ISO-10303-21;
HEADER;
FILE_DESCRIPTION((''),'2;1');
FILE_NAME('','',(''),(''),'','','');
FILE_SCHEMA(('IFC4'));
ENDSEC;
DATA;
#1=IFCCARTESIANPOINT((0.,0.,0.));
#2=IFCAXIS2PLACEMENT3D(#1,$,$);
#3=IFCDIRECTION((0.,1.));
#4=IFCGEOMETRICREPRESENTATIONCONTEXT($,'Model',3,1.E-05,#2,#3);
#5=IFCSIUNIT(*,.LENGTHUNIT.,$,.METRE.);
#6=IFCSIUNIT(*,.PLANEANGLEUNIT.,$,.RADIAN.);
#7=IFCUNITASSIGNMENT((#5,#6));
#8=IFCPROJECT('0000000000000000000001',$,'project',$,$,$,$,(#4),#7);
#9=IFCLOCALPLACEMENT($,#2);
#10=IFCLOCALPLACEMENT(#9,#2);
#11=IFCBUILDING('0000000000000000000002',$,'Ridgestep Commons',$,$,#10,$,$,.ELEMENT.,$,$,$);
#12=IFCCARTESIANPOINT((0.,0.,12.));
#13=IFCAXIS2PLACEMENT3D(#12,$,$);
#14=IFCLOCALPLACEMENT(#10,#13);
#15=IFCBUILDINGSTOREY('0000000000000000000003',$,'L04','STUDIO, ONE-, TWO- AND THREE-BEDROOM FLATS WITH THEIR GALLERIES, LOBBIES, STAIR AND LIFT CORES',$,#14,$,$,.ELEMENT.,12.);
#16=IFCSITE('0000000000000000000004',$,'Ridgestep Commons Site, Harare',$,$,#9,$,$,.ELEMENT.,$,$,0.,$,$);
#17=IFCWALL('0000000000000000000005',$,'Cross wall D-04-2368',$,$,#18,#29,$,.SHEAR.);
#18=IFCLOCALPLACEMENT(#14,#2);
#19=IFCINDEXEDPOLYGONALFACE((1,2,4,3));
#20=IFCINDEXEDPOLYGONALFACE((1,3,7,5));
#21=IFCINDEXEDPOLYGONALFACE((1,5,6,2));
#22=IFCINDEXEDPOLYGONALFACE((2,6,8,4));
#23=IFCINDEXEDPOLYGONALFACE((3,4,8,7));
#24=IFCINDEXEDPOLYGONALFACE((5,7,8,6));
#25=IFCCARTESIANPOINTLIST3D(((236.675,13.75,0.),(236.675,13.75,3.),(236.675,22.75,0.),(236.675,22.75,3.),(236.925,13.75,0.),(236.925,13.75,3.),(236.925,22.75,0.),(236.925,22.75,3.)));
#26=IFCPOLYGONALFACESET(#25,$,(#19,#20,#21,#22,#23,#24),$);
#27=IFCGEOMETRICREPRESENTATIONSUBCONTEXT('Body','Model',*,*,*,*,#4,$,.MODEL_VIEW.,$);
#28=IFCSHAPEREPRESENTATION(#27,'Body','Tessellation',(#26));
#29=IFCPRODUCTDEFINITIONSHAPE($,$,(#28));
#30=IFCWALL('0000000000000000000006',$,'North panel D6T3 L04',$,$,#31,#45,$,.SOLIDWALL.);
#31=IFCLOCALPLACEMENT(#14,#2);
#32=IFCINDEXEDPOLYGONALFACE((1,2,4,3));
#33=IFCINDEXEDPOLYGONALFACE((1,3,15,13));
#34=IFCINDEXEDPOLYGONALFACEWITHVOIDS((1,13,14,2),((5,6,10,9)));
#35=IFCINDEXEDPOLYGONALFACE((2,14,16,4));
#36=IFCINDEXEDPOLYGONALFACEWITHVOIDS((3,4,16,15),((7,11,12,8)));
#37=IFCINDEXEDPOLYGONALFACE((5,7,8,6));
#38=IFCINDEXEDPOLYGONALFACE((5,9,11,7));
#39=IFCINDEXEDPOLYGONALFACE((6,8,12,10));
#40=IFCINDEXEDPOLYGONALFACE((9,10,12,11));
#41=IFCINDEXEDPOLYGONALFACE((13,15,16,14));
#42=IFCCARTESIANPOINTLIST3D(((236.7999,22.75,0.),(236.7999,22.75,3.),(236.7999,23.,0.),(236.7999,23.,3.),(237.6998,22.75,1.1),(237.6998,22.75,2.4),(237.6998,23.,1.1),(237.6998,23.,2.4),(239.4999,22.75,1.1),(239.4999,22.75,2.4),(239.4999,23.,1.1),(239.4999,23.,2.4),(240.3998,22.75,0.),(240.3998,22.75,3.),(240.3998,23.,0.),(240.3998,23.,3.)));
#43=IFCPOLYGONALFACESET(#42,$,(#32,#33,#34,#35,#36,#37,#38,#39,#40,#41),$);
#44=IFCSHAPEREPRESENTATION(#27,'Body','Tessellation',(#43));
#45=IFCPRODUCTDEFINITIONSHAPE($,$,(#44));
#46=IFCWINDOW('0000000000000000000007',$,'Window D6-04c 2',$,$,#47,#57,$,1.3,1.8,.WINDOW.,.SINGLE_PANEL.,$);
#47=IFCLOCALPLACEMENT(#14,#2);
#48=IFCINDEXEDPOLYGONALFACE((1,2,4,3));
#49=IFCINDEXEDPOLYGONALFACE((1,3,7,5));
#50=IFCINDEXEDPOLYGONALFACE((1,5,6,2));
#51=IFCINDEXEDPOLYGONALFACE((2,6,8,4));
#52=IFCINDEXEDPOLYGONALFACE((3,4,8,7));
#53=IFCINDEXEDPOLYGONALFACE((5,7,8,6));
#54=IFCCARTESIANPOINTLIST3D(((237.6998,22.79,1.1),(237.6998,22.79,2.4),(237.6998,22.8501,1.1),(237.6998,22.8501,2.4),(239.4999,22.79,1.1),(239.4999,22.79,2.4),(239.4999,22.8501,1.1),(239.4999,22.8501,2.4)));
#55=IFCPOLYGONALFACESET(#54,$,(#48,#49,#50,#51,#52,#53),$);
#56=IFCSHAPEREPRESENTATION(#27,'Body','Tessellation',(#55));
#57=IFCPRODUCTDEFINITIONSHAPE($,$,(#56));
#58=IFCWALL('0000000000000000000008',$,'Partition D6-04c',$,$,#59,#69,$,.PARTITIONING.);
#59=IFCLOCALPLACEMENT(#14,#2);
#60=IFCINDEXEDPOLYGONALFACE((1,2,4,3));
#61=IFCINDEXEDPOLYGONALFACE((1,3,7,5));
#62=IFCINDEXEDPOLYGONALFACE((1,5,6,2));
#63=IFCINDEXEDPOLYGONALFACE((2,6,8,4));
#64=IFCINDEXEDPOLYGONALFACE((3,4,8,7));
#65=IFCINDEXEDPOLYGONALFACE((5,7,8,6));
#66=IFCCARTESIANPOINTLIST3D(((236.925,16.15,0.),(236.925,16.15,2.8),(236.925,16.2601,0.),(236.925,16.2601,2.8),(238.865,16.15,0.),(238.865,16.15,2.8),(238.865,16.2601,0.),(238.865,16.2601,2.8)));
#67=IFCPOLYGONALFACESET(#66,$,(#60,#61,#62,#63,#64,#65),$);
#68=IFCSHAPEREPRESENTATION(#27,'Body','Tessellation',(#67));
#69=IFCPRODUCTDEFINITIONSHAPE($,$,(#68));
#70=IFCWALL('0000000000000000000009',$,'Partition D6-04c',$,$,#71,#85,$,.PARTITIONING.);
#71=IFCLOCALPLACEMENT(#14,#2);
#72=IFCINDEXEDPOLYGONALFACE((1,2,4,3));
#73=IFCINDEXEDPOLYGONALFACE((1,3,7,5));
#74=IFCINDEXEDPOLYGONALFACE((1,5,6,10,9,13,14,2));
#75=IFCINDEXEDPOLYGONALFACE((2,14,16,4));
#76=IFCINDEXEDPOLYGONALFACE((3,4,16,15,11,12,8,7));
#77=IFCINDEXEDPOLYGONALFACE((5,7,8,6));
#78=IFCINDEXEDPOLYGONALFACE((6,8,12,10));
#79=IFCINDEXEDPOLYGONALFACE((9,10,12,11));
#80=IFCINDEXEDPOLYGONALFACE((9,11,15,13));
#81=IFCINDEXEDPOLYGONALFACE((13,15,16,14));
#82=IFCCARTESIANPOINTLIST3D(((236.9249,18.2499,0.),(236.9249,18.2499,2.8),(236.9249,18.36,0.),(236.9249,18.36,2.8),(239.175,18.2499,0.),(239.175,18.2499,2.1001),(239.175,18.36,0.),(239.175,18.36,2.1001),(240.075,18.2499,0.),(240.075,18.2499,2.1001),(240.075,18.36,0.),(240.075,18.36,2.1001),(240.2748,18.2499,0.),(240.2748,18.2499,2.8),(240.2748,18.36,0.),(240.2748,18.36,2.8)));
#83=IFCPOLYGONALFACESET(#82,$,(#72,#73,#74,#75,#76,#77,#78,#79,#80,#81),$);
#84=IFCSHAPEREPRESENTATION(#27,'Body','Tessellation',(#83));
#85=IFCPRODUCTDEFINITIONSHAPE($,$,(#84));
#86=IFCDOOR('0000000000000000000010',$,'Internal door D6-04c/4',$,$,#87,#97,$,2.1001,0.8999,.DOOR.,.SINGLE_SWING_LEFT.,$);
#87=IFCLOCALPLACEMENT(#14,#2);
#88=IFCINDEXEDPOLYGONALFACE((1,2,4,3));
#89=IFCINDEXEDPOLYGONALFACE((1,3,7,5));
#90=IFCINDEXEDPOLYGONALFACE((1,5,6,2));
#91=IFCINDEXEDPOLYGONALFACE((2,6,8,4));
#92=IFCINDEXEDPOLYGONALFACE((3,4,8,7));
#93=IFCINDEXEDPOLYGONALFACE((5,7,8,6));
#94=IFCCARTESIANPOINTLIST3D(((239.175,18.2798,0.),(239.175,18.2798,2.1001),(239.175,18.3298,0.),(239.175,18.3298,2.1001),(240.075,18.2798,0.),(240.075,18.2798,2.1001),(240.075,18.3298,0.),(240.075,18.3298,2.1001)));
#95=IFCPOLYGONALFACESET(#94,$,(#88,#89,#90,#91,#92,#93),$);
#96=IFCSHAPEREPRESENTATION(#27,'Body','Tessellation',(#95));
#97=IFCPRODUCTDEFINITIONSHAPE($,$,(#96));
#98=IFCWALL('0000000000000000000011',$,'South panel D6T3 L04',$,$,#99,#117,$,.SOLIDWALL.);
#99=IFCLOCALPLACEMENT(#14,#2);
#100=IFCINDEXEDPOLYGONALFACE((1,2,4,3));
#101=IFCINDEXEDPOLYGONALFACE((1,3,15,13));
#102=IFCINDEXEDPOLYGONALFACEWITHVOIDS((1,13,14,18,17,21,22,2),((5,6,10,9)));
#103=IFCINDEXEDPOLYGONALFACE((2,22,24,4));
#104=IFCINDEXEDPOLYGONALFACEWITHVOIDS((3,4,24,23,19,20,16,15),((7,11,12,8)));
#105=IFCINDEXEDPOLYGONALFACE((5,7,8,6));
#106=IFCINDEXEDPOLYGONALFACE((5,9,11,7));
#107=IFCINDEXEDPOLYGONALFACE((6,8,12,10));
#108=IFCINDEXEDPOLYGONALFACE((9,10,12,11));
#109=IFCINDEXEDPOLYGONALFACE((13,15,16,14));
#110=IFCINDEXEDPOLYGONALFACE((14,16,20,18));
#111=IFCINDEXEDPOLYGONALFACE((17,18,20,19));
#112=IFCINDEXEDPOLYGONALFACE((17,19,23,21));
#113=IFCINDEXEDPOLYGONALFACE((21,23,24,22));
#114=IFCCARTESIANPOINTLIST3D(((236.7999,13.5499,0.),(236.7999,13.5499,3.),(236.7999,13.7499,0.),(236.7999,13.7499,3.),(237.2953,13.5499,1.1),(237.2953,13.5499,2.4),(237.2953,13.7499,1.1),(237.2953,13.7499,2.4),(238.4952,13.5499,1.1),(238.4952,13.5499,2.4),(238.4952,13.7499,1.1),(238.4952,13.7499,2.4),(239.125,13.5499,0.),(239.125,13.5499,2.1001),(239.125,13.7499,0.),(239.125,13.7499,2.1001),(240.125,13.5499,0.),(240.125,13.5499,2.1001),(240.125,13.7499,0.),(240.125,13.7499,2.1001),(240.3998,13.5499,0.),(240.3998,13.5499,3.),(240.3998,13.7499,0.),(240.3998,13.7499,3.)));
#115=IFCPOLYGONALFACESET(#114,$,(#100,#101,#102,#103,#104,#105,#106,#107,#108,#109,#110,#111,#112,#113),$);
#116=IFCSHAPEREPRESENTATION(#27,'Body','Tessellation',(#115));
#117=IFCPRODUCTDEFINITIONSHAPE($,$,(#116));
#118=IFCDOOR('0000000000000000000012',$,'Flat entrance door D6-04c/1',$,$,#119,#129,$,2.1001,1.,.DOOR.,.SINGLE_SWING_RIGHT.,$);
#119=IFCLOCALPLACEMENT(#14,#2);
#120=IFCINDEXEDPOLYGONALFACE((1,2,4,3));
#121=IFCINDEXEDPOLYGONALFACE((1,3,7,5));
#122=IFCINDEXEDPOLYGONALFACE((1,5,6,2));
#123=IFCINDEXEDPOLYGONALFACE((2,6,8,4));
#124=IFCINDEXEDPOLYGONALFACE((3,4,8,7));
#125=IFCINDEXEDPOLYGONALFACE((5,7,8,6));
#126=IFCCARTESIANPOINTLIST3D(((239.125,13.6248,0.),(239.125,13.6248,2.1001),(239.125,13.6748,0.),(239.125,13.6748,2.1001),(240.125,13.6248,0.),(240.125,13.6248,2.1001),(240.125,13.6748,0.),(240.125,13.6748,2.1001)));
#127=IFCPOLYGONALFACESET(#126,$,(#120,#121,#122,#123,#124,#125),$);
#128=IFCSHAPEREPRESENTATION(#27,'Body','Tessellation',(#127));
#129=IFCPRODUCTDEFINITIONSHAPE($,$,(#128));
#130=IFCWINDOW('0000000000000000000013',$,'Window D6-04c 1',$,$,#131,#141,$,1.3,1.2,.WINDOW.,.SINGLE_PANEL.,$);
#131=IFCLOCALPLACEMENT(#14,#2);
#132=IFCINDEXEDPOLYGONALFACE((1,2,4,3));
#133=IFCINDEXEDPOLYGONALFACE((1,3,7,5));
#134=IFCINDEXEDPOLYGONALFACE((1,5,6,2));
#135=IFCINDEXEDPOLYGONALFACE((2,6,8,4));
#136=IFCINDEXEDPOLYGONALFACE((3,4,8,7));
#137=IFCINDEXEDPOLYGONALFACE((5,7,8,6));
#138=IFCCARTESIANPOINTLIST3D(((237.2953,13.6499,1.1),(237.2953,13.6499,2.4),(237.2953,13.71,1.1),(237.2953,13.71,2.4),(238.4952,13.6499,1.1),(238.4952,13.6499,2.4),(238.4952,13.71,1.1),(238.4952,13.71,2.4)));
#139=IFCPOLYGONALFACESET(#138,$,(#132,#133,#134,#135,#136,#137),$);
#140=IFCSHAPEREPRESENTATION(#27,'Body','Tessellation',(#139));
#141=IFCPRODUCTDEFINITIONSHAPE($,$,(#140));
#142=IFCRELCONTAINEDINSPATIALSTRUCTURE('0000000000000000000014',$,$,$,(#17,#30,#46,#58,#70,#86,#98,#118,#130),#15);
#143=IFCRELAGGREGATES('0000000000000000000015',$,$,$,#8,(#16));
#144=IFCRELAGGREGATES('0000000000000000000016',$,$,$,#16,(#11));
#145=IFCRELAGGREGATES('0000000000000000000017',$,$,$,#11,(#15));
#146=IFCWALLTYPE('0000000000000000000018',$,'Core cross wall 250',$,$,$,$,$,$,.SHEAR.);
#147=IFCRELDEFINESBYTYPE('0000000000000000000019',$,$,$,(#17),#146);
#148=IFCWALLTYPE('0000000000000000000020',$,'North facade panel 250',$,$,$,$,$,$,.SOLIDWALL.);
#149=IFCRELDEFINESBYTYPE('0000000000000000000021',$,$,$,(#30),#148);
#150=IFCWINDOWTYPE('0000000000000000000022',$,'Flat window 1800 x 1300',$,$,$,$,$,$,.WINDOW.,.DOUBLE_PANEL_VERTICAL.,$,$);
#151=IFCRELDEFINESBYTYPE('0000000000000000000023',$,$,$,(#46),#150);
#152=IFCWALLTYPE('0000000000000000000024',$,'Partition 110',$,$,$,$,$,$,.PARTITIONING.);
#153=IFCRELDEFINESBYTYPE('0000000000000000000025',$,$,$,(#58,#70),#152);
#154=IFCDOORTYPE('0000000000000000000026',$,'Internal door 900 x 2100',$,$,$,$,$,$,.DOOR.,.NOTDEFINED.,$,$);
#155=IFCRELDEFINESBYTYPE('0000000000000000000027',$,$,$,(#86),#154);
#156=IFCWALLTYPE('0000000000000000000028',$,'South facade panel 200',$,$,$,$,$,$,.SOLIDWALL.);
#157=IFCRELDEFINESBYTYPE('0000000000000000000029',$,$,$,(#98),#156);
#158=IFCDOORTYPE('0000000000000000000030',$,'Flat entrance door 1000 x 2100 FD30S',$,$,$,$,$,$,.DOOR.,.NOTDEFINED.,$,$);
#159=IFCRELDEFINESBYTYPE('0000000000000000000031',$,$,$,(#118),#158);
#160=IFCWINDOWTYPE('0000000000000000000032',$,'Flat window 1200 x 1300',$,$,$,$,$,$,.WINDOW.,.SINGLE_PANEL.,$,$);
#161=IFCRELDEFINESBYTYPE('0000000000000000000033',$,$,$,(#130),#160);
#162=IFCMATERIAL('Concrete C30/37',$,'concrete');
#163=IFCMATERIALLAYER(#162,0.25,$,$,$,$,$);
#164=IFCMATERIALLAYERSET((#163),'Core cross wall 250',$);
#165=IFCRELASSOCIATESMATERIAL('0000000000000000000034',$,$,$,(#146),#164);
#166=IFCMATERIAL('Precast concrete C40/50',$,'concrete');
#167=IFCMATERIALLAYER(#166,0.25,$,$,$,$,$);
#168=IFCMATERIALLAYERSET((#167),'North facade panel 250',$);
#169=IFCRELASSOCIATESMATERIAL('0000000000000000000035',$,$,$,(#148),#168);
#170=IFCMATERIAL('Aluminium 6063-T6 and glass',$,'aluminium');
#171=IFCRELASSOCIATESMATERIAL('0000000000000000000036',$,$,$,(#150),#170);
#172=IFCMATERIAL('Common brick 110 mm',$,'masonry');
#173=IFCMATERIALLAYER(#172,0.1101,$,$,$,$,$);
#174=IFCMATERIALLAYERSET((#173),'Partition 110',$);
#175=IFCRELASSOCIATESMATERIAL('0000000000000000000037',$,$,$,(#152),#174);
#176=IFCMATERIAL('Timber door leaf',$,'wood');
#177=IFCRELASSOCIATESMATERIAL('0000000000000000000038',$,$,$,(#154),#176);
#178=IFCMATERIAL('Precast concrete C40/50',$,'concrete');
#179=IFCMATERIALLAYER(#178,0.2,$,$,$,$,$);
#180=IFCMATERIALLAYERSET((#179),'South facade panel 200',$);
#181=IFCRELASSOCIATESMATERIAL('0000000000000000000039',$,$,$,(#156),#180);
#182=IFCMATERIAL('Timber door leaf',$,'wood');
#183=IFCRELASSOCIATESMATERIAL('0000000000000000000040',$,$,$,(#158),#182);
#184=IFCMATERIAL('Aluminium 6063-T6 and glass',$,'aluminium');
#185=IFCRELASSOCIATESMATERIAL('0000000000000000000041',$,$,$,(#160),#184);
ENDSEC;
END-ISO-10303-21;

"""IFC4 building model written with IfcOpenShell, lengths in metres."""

from ifc_helpers import new_model, si_unit, direction, frame, frame_2d, origin, place, context, subcontext, project, spatial, rectangle, extrude, material, layer, layer_set, type_object, element, fill, save


model = new_model("IFC4")

# Units and contexts
model_context = context("Model", 3, precision=1e-05, world=origin(), true_north=direction((0.0, 1.0)))
body_context = subcontext(model_context, "Body", "Model", "MODEL_VIEW")
ifc_project = project(units=[si_unit("LENGTHUNIT", "METRE"), si_unit("PLANEANGLEUNIT", "RADIAN")], contexts=[model_context])

# Site, building, storey
site_placement = place(None, origin())
site = spatial("IfcSite", under=ifc_project, at=site_placement, Name="Ridgestep Commons Site, Harare", CompositionType="ELEMENT", RefElevation=0.0)
building_placement = place(site_placement, origin())
building = spatial("IfcBuilding", under=site, at=building_placement, Name="Ridgestep Commons", CompositionType="ELEMENT")
storey_placement = place(building_placement, frame((0.0, 0.0, 12.0)))
storey = spatial("IfcBuildingStorey", under=building, at=storey_placement, Name="L04", Description="STUDIO, ONE-, TWO- AND THREE-BEDROOM FLATS WITH THEIR GALLERIES, LOBBIES, STAIR AND LIFT CORES", CompositionType="ELEMENT", Elevation=12.0)

# Wall
ifc_material_1 = material(Name="Concrete C30/37", Category="concrete")
ifc_layer_1 = layer(ifc_material_1, 0.25)
ifc_layer_set_1 = layer_set([ifc_layer_1], Name="Core cross wall 250")
wall_type_1 = type_object("IfcWallType", Name="Core cross wall 250", PredefinedType="SHEAR", material=ifc_layer_set_1)
wall_1_placement = place(storey_placement, frame((236.8, 13.75, 0.0), z_axis=(0.0, 0.0, 1.0), x_axis=(0.0, 1.0, 0.0)))
element("IfcWall", 1, at=wall_1_placement, inside=storey, type_object=wall_type_1, Name="Cross wall D-04-2368", PredefinedType="SHEAR", context=body_context, shape_type="SweptSolid", body=[
    extrude(rectangle(XDim=9.0, YDim=0.25, at=frame_2d((4.5, 0.0))), origin(), (0.0, 0.0, 1.0), 3.0),
])

# Wall, opening, window
ifc_material_2 = material(Name="Precast concrete C40/50", Category="concrete")
ifc_layer_2 = layer(ifc_material_2, 0.25)
ifc_layer_set_2 = layer_set([ifc_layer_2], Name="North facade panel 250")
wall_type_2 = type_object("IfcWallType", Name="North facade panel 250", PredefinedType="SOLIDWALL", material=ifc_layer_set_2)
wall_2_placement = place(storey_placement, frame((236.8, 22.875, 0.0), z_axis=(0.0, 0.0, 1.0), x_axis=(1.0, 0.0, 0.0)))
wall_2 = element("IfcWall", 2, at=wall_2_placement, inside=storey, type_object=wall_type_2, Name="North panel D6T3 L04", PredefinedType="SOLIDWALL", context=body_context, shape_type="SweptSolid", body=[
    extrude(rectangle(XDim=3.5999, YDim=0.25, at=frame_2d((1.7998, 0.0))), origin(), (0.0, 0.0, 1.0), 3.0),
])
opening_1_placement = place(wall_2_placement, frame((0.8999, 0.0, 1.1001)))
opening_1 = element("IfcOpeningElement", 3, at=opening_1_placement, cuts=wall_2, PredefinedType="OPENING", context=body_context, shape_type="SweptSolid", body=[
    extrude(rectangle(XDim=1.8, YDim=1.3, at=frame_2d((0.8999, 0.6499))), frame((0.0, 0.135, 0.0), z_axis=(0.0, -1.0, 0.0), x_axis=(1.0, 0.0, 0.0)), (0.0, 0.0, 1.0), 0.27),
])
ifc_material_3 = material(Name="Aluminium 6063-T6 and glass", Category="aluminium")
window_type_1 = type_object("IfcWindowType", Name="Flat window 1800 x 1300", PartitioningType="DOUBLE_PANEL_VERTICAL", PredefinedType="WINDOW", material=ifc_material_3)
window_1_placement = place(opening_1_placement, origin())
window_1 = element("IfcWindow", 4, at=window_1_placement, inside=storey, type_object=window_type_1, Name="Window D6-04c 2", OverallHeight=1.3, OverallWidth=1.8, PartitioningType="SINGLE_PANEL", PredefinedType="WINDOW", context=body_context, shape_type="SweptSolid", body=[
    extrude(rectangle(XDim=1.8, YDim=1.3, at=frame_2d((0.8999, 0.6499))), frame((0.0, -0.0249, 0.0), z_axis=(0.0, -1.0, 0.0), x_axis=(1.0, 0.0, 0.0)), (0.0, 0.0, 1.0), 0.0601),
])
fill(opening_1, window_1)

# Wall
ifc_material_4 = material(Name="Common brick 110 mm", Category="masonry")
ifc_layer_3 = layer(ifc_material_4, 0.1101)
ifc_layer_set_3 = layer_set([ifc_layer_3], Name="Partition 110")
wall_type_3 = type_object("IfcWallType", Name="Partition 110", PredefinedType="PARTITIONING", material=ifc_layer_set_3)
wall_3_placement = place(storey_placement, frame((236.925, 16.2051, 0.0), z_axis=(0.0, 0.0, 1.0), x_axis=(1.0, 0.0, 0.0)))
element("IfcWall", 5, at=wall_3_placement, inside=storey, type_object=wall_type_3, Name="Partition D6-04c", PredefinedType="PARTITIONING", context=body_context, shape_type="SweptSolid", body=[
    extrude(rectangle(XDim=1.9399, YDim=0.1101, at=frame_2d((0.97, 0.0))), origin(), (0.0, 0.0, 1.0), 2.8),
])

# Wall, opening, door
wall_4_placement = place(storey_placement, frame((236.925, 18.3049, 0.0), z_axis=(0.0, 0.0, 1.0), x_axis=(1.0, 0.0, 0.0)))
wall_4 = element("IfcWall", 6, at=wall_4_placement, inside=storey, type_object=wall_type_3, Name="Partition D6-04c", PredefinedType="PARTITIONING", context=body_context, shape_type="SweptSolid", body=[
    extrude(rectangle(XDim=3.3499, YDim=0.1101, at=frame_2d((1.6748, 0.0))), origin(), (0.0, 0.0, 1.0), 2.8),
])
opening_2_placement = place(wall_4_placement, frame((2.25, 0.0, 0.0)))
opening_2 = element("IfcOpeningElement", 7, at=opening_2_placement, cuts=wall_4, PredefinedType="OPENING", context=body_context, shape_type="SweptSolid", body=[
    extrude(rectangle(XDim=0.8999, YDim=2.1001, at=frame_2d((0.45, 1.05))), frame((0.0, 0.0649, 0.0), z_axis=(0.0, -1.0, 0.0), x_axis=(1.0, 0.0, 0.0)), (0.0, 0.0, 1.0), 0.1301),
])
ifc_material_5 = material(Name="Timber door leaf", Category="wood")
door_type_1 = type_object("IfcDoorType", Name="Internal door 900 x 2100", OperationType="NOTDEFINED", PredefinedType="DOOR", material=ifc_material_5)
door_1_placement = place(opening_2_placement, origin())
door_1 = element("IfcDoor", 8, at=door_1_placement, inside=storey, type_object=door_type_1, Name="Internal door D6-04c/4", OperationType="SINGLE_SWING_LEFT", OverallHeight=2.1001, OverallWidth=0.8999, PredefinedType="DOOR", context=body_context, shape_type="SweptSolid", body=[
    extrude(rectangle(XDim=0.8999, YDim=2.1001, at=frame_2d((0.45, 1.05))), frame((0.0, 0.0249, 0.0), z_axis=(0.0, -1.0, 0.0), x_axis=(1.0, 0.0, 0.0)), (0.0, 0.0, 1.0), 0.05),
])
fill(opening_2, door_1)

# Wall, openings, door, window
ifc_material_6 = material(Name="Precast concrete C40/50", Category="concrete")
ifc_layer_4 = layer(ifc_material_6, 0.2)
ifc_layer_set_4 = layer_set([ifc_layer_4], Name="South facade panel 200")
wall_type_4 = type_object("IfcWallType", Name="South facade panel 200", PredefinedType="SOLIDWALL", material=ifc_layer_set_4)
wall_5_placement = place(storey_placement, frame((236.8, 13.6499, 0.0), z_axis=(0.0, 0.0, 1.0), x_axis=(1.0, 0.0, 0.0)))
wall_5 = element("IfcWall", 9, at=wall_5_placement, inside=storey, type_object=wall_type_4, Name="South panel D6T3 L04", PredefinedType="SOLIDWALL", context=body_context, shape_type="SweptSolid", body=[
    extrude(rectangle(XDim=3.5999, YDim=0.2, at=frame_2d((1.7998, 0.0))), origin(), (0.0, 0.0, 1.0), 3.0),
])
opening_3_placement = place(wall_5_placement, frame((0.4951, 0.0, 1.1001)))
opening_3 = element("IfcOpeningElement", 10, at=opening_3_placement, cuts=wall_5, PredefinedType="OPENING", context=body_context, shape_type="SweptSolid", body=[
    extrude(rectangle(XDim=1.2, YDim=1.3, at=frame_2d((0.6001, 0.6499))), frame((0.0, 0.1099, 0.0), z_axis=(0.0, -1.0, 0.0), x_axis=(1.0, 0.0, 0.0)), (0.0, 0.0, 1.0), 0.22),
])
opening_4_placement = place(wall_5_placement, frame((2.325, 0.0, 0.0)))
opening_4 = element("IfcOpeningElement", 11, at=opening_4_placement, cuts=wall_5, PredefinedType="OPENING", context=body_context, shape_type="SweptSolid", body=[
    extrude(rectangle(XDim=1.0, YDim=2.1001, at=frame_2d((0.5, 1.05))), frame((0.0, 0.1099, 0.0), z_axis=(0.0, -1.0, 0.0), x_axis=(1.0, 0.0, 0.0)), (0.0, 0.0, 1.0), 0.22),
])
ifc_material_7 = material(Name="Timber door leaf", Category="wood")
door_type_2 = type_object("IfcDoorType", Name="Flat entrance door 1000 x 2100 FD30S", OperationType="NOTDEFINED", PredefinedType="DOOR", material=ifc_material_7)
door_2_placement = place(opening_4_placement, origin())
door_2 = element("IfcDoor", 12, at=door_2_placement, inside=storey, type_object=door_type_2, Name="Flat entrance door D6-04c/1", OperationType="SINGLE_SWING_RIGHT", OverallHeight=2.1001, OverallWidth=1.0, PredefinedType="DOOR", context=body_context, shape_type="SweptSolid", body=[
    extrude(rectangle(XDim=1.0, YDim=2.1001, at=frame_2d((0.5, 1.05))), frame((0.0, 0.0249, 0.0), z_axis=(0.0, -1.0, 0.0), x_axis=(1.0, 0.0, 0.0)), (0.0, 0.0, 1.0), 0.05),
])
fill(opening_4, door_2)
ifc_material_8 = material(Name="Aluminium 6063-T6 and glass", Category="aluminium")
window_type_2 = type_object("IfcWindowType", Name="Flat window 1200 x 1300", PartitioningType="SINGLE_PANEL", PredefinedType="WINDOW", material=ifc_material_8)
window_2_placement = place(opening_3_placement, origin())
window_2 = element("IfcWindow", 13, at=window_2_placement, inside=storey, type_object=window_type_2, Name="Window D6-04c 1", OverallHeight=1.3, OverallWidth=1.2, PartitioningType="SINGLE_PANEL", PredefinedType="WINDOW", context=body_context, shape_type="SweptSolid", body=[
    extrude(rectangle(XDim=1.2, YDim=1.3, at=frame_2d((0.6001, 0.6499))), frame((0.0, 0.0601, 0.0), z_axis=(0.0, -1.0, 0.0), x_axis=(1.0, 0.0, 0.0)), (0.0, 0.0, 1.0), 0.0601),
])
fill(opening_3, window_2)

save(model, "model.ifc")
